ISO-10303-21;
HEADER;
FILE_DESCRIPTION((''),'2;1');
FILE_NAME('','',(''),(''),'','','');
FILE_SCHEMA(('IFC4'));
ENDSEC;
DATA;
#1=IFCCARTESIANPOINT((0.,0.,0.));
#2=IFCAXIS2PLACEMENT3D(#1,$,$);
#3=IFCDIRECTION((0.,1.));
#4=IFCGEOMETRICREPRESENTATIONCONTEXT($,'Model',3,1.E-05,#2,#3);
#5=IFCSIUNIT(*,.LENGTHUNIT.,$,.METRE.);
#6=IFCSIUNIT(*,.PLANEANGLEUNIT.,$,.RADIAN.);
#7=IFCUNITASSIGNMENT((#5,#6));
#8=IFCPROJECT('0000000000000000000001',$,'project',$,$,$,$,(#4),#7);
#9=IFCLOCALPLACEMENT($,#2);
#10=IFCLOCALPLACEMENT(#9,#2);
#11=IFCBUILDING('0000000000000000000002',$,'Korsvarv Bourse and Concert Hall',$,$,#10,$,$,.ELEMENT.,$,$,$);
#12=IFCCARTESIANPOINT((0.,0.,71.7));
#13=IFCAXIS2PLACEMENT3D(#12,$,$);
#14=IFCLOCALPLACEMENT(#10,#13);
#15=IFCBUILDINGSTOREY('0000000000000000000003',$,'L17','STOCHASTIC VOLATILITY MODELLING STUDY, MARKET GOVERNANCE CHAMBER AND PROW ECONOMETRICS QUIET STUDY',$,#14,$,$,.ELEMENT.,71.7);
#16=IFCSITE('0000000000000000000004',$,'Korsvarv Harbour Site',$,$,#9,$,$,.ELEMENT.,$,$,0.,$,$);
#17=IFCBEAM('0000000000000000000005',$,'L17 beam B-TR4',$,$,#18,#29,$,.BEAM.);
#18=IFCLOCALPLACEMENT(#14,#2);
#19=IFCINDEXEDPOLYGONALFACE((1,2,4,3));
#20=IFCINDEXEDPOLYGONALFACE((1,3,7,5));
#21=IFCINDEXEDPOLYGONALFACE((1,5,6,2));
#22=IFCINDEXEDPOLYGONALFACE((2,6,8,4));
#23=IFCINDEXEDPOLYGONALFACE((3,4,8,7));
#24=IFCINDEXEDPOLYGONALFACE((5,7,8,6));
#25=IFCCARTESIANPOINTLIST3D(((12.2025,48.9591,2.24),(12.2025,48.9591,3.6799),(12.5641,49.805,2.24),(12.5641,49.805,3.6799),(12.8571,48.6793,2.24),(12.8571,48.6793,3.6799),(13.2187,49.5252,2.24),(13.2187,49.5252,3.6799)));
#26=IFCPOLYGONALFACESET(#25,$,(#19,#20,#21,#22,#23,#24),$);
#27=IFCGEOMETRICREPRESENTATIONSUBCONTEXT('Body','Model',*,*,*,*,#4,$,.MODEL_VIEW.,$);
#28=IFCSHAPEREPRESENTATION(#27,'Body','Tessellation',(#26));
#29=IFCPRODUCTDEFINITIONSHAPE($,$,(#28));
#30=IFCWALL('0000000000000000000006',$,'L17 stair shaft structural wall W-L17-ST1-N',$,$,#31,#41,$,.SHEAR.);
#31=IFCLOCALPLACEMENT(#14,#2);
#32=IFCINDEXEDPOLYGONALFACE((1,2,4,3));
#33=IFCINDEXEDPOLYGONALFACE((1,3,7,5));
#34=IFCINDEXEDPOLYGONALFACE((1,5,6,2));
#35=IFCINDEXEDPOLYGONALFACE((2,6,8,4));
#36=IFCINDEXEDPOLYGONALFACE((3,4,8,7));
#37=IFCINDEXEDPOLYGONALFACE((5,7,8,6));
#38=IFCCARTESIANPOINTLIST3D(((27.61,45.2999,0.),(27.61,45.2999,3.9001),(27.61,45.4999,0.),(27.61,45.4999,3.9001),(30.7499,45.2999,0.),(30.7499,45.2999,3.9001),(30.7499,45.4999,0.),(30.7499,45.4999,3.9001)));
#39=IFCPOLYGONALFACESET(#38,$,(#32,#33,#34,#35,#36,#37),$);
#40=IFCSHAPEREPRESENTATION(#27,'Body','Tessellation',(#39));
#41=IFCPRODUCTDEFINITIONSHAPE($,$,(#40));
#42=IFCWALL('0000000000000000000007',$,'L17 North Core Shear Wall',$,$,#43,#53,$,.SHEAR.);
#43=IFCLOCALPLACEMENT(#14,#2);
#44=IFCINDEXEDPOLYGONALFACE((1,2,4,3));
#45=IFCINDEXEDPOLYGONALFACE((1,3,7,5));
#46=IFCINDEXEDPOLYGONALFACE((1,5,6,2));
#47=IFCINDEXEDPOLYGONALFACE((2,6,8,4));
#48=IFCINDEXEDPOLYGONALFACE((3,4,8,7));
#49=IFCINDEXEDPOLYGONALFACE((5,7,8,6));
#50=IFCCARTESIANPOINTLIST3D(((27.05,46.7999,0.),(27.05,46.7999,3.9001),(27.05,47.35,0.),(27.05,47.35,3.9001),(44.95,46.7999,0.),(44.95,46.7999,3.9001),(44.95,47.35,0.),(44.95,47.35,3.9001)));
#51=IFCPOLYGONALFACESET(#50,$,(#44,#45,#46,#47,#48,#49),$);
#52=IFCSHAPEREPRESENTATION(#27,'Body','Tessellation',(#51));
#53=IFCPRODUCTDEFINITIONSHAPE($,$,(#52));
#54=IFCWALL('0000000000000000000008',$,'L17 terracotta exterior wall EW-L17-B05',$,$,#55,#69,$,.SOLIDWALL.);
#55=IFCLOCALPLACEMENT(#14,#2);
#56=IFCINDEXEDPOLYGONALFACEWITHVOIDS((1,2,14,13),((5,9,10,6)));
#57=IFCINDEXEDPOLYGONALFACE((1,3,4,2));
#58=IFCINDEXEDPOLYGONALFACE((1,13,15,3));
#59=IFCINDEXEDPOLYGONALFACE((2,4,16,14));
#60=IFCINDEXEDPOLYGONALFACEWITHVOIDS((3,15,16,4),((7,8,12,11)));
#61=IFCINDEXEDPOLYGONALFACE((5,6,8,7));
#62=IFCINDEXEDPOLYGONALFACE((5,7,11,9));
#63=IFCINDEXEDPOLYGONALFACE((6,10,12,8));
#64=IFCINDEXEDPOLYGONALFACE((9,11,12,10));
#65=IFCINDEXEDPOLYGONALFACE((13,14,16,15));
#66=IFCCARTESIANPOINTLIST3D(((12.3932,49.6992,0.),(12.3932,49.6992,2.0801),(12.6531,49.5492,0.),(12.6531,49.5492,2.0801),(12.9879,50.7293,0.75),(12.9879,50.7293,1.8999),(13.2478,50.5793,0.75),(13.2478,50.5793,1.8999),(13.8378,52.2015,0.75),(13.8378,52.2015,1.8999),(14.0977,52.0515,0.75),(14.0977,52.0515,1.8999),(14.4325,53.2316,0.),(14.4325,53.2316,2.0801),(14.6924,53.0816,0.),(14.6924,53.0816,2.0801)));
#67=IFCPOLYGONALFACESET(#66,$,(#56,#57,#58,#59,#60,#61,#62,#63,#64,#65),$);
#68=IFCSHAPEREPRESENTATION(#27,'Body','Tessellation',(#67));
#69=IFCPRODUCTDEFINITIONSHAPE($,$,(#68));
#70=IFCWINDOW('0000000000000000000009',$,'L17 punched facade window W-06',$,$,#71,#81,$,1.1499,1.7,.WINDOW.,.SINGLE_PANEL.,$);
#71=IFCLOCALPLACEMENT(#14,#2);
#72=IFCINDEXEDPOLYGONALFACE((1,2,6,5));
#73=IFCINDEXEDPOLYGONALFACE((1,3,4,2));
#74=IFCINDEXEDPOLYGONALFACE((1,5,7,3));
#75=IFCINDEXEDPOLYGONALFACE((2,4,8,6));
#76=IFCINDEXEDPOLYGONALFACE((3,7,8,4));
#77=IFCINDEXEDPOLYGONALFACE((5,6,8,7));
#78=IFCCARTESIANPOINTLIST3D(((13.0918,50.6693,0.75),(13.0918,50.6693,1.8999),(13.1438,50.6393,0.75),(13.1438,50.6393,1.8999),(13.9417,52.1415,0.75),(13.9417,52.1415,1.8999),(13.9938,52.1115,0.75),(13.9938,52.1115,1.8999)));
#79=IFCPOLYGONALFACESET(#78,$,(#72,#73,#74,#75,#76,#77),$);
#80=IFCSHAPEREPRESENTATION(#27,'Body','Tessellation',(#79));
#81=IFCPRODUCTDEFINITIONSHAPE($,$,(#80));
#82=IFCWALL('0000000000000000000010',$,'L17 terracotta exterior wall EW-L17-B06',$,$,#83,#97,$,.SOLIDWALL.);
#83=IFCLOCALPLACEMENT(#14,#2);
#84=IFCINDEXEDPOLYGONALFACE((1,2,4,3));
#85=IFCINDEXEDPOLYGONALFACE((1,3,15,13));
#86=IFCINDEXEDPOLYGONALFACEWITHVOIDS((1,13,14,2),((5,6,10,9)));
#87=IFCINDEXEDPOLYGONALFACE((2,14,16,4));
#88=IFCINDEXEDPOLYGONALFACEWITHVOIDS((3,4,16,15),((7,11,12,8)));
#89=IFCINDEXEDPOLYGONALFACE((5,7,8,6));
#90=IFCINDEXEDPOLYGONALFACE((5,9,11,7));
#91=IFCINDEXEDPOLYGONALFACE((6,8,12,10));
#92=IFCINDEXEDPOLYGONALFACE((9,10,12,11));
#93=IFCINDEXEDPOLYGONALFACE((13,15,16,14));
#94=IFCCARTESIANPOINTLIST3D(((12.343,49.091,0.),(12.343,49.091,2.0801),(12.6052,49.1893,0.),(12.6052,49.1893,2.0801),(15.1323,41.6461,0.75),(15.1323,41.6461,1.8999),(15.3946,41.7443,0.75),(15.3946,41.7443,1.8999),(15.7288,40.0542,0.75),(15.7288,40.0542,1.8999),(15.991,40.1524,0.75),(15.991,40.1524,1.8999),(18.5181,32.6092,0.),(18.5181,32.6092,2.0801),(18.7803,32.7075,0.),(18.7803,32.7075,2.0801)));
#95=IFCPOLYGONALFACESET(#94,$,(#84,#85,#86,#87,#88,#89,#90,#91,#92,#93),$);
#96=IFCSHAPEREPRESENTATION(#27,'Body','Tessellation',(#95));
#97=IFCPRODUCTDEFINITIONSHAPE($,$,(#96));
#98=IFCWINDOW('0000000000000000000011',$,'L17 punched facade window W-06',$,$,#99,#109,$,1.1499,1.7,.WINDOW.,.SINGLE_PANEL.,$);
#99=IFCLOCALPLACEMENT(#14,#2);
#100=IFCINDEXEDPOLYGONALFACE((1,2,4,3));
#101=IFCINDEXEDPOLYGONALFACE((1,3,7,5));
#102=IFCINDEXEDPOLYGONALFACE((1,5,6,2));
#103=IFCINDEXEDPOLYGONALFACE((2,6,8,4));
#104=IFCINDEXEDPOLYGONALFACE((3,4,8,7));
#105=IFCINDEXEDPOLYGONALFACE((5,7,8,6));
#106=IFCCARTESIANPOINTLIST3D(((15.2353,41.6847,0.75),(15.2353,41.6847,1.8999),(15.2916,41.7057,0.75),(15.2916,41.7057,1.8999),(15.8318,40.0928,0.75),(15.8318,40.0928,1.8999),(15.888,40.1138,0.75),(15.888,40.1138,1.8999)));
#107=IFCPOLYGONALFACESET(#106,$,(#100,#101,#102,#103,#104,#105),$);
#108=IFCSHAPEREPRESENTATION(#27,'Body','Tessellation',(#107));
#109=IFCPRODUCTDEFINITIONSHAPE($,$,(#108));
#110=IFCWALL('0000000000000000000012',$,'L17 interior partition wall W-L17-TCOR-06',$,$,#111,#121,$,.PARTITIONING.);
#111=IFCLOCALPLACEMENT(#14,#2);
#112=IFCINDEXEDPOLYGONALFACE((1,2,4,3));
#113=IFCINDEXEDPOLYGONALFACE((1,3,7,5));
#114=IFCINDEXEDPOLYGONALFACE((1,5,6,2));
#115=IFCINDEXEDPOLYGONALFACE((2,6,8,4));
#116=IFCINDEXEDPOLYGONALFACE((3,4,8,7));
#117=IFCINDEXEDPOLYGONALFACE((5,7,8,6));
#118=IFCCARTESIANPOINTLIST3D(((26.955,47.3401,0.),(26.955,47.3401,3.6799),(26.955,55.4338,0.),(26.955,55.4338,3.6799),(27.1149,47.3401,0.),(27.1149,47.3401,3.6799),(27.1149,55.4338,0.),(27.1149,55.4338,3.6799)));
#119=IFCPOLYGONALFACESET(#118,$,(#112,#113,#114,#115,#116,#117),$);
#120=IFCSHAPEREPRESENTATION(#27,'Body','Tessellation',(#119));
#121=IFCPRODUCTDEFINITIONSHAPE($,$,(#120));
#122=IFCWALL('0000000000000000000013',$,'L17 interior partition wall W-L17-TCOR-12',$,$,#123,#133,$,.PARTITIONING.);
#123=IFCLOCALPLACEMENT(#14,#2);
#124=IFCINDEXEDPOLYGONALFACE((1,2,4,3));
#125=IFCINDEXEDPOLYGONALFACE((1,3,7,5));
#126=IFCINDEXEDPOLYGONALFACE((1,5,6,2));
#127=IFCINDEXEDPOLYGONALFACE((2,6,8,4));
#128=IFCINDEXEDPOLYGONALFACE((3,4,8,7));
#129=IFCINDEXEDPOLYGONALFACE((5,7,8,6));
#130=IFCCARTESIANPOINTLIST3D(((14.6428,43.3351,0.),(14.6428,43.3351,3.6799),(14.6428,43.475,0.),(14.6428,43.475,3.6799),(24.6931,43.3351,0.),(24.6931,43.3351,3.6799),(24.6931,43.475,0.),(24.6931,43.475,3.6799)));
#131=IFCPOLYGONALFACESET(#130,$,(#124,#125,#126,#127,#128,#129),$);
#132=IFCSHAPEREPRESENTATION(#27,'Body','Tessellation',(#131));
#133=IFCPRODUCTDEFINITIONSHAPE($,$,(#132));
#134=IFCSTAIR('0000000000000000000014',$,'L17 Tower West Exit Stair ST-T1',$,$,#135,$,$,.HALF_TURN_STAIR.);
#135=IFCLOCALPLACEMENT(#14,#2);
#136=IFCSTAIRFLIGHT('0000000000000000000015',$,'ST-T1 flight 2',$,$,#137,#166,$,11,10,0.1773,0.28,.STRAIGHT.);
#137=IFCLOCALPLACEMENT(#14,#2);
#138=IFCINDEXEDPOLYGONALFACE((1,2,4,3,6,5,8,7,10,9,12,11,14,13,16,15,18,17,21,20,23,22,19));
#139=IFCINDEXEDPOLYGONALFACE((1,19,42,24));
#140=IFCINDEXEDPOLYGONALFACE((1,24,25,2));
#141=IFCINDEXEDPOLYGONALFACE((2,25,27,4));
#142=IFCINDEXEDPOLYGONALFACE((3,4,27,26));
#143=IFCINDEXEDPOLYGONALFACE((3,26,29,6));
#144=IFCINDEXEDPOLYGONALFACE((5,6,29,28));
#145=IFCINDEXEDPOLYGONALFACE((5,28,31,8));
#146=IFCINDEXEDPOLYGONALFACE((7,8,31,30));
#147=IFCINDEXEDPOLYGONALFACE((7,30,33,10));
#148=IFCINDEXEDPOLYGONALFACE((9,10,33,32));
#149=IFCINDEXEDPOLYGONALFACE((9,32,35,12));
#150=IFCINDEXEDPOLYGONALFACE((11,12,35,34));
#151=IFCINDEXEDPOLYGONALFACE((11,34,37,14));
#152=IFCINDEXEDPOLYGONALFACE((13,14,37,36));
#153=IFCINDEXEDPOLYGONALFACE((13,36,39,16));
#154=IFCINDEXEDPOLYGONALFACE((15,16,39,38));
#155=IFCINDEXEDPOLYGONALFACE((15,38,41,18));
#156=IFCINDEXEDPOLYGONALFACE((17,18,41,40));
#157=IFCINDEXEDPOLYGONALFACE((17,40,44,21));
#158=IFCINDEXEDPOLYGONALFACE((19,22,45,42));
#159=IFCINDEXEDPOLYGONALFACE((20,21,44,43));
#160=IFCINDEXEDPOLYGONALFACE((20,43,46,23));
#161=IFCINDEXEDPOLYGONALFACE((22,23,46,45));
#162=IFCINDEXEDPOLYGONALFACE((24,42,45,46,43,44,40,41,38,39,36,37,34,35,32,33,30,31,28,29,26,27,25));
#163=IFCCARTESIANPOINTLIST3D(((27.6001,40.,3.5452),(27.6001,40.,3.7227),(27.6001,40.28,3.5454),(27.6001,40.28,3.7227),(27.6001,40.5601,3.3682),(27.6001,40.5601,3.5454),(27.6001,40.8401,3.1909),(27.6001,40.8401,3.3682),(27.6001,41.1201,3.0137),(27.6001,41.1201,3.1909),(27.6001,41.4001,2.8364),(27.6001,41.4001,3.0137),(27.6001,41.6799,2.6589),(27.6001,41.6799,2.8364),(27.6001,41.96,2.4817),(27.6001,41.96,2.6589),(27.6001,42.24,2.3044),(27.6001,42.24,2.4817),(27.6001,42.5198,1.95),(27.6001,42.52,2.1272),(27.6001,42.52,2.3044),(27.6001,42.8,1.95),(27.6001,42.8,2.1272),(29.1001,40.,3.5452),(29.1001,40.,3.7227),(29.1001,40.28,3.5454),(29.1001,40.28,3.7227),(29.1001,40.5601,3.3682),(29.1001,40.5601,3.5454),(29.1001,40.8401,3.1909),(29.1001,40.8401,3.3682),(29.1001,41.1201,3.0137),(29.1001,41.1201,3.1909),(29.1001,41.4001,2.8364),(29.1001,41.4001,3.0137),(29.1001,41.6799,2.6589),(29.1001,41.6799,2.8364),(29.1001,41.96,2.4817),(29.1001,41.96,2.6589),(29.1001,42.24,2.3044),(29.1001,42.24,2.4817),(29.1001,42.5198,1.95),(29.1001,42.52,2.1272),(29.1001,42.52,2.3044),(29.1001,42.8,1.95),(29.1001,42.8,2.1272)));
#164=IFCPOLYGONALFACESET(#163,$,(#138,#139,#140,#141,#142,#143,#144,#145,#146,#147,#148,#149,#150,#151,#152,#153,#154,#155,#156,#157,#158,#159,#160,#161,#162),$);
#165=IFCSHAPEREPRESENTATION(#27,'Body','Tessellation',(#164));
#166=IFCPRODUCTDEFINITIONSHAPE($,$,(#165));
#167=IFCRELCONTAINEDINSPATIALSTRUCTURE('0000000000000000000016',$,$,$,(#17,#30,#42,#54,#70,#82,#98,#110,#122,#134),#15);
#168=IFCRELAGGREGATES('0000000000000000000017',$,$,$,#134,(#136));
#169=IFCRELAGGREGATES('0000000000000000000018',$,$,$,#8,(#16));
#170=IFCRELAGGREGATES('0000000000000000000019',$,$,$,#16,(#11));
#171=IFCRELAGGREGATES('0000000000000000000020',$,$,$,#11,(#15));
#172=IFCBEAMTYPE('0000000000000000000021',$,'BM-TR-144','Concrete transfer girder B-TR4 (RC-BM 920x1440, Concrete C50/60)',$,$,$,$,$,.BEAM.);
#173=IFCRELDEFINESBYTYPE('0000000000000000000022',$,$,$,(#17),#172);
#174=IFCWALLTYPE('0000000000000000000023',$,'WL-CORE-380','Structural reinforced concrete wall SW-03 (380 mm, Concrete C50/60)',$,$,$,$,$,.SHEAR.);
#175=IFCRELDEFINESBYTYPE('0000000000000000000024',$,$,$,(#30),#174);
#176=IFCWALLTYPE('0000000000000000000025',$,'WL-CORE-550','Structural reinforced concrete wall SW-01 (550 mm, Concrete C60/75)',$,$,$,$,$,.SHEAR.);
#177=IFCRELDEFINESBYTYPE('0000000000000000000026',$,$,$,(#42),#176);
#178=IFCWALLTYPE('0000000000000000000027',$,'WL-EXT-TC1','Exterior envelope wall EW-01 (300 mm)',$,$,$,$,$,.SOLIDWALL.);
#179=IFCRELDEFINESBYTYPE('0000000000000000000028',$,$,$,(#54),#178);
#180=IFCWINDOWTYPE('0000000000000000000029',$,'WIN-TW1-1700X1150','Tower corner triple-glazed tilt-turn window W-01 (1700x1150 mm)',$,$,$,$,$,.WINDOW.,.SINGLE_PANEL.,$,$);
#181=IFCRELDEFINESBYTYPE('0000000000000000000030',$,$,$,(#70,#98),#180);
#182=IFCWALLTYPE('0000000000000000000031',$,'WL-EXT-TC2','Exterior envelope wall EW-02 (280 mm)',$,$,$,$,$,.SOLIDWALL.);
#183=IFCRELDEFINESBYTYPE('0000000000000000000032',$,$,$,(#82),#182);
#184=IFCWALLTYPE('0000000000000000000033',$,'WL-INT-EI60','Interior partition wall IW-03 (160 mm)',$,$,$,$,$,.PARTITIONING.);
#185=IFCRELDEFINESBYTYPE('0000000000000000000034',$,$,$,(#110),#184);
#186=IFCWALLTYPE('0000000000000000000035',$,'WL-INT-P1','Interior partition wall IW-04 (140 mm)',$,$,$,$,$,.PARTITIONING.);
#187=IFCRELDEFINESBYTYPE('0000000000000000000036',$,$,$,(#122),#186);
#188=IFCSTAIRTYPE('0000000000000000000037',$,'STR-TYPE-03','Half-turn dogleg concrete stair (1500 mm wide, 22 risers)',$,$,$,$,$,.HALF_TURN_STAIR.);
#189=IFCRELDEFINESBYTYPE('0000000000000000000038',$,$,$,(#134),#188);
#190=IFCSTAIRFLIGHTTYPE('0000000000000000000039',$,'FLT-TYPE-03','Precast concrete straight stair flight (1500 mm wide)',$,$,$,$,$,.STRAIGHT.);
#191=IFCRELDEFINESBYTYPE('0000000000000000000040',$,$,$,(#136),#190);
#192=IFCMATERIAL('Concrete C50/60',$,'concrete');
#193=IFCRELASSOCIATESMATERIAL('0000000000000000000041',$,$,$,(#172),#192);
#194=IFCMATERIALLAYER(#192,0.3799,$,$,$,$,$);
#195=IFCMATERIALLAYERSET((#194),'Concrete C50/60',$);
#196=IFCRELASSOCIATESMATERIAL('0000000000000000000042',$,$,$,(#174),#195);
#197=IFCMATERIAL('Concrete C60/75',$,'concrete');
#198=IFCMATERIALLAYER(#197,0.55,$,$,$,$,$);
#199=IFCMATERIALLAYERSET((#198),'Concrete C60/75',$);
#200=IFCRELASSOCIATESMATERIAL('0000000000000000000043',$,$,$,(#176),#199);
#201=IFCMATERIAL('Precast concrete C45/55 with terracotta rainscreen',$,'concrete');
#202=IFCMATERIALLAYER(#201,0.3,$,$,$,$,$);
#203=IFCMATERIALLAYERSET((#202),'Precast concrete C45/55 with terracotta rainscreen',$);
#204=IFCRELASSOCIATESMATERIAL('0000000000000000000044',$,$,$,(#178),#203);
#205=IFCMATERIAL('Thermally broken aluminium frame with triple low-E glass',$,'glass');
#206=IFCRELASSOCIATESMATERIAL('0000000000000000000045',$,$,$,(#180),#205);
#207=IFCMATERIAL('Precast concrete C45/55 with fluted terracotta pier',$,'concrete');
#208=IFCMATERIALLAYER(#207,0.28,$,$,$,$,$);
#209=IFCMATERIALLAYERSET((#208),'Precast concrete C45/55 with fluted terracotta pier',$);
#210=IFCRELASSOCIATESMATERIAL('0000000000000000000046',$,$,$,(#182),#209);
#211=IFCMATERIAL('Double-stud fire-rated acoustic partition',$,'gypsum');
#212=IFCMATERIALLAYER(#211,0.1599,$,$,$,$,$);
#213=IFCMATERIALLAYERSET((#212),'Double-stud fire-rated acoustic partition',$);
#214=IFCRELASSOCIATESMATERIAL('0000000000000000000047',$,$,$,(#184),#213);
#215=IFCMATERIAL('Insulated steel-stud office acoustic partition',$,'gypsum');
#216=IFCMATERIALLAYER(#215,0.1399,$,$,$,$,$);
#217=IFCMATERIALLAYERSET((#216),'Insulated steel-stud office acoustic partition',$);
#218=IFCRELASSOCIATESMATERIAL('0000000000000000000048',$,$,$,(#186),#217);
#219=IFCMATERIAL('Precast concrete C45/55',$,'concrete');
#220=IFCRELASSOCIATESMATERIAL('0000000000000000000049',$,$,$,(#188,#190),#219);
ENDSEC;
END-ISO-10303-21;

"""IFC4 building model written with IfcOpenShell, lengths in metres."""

from ifc_helpers import new_model, si_unit, direction, frame, frame_2d, origin, origin_2d, place, context, subcontext, project, spatial, polyline, rectangle, outline, extrude, source, transform, mapped, material, layer, layer_set, material_profile, profile_set, type_object, element, fill, aggregate, save


model = new_model("IFC4")

# Units and contexts
model_context = context("Model", 3, precision=1e-05, world=origin(), true_north=direction((0.0, 1.0)))
body_context = subcontext(model_context, "Body", "Model", "MODEL_VIEW")
ifc_project = project(units=[si_unit("LENGTHUNIT", "METRE"), si_unit("PLANEANGLEUNIT", "RADIAN")], contexts=[model_context])

# Site, building, storey
site_placement = place(None, origin())
site = spatial("IfcSite", under=ifc_project, at=site_placement, Name="Korsvarv Harbour Site", CompositionType="ELEMENT", RefElevation=0.0)
building_placement = place(site_placement, origin())
building = spatial("IfcBuilding", under=site, at=building_placement, Name="Korsvarv Bourse and Concert Hall", CompositionType="ELEMENT")
storey_placement = place(building_placement, frame((0.0, 0.0, 71.7)))
storey = spatial("IfcBuildingStorey", under=building, at=storey_placement, Name="L17", Description="STOCHASTIC VOLATILITY MODELLING STUDY, MARKET GOVERNANCE CHAMBER AND PROW ECONOMETRICS QUIET STUDY", CompositionType="ELEMENT", Elevation=71.7)

# Shared definitions
ifc_material_1 = material(Name="Concrete C60/75", Category="concrete")

# Beam
ifc_material_2 = material(Name="Concrete C50/60", Category="concrete")
ifc_material_profile_1 = material_profile(ifc_material_2, rectangle(XDim=0.9199, YDim=1.4399, at=origin_2d()), Name="RC-BM 920x1440")
ifc_profile_set_1 = profile_set([ifc_material_profile_1], Name="Concrete C50/60")
beam_type_1 = type_object("IfcBeamType", Name="BM-TR-144", Description="Concrete transfer girder B-TR4 (RC-BM 920x1440, Concrete C50/60)", PredefinedType="BEAM", material=ifc_profile_set_1)
shared_shape_1 = source(origin(), body_context, "Body", "SweptSolid", [
    extrude(rectangle(XDim=0.9199, YDim=1.4399, at=origin_2d()), origin(), (0.0, 0.0, 1.0), 0.7119),
])
beam_1_placement = place(storey_placement, frame((12.3833, 49.3821, 2.96), z_axis=(0.919517, -0.39305, 0.0), x_axis=(0.39305, 0.919517, 0.0)))
element("IfcBeam", 1, at=beam_1_placement, inside=storey, type_object=beam_type_1, Name="L17 beam B-TR4", PredefinedType="BEAM", context=body_context, shape_type="MappedRepresentation", body=[
    mapped(shared_shape_1, transform((0.0, 0.0, 0.0), scale=1.0)),
])

# Walls
ifc_layer_1 = layer(ifc_material_2, 0.3799)
ifc_layer_set_1 = layer_set([ifc_layer_1], Name="Concrete C50/60")
wall_type_1 = type_object("IfcWallType", Name="WL-CORE-380", Description="Structural reinforced concrete wall SW-03 (380 mm, Concrete C50/60)", PredefinedType="SHEAR", material=ifc_layer_set_1)
wall_1_placement = place(storey_placement, frame((27.6101, 45.3999, 0.0), z_axis=(0.0, 0.0, 1.0), x_axis=(1.0, 0.0, 0.0)))
element("IfcWall", 2, at=wall_1_placement, inside=storey, type_object=wall_type_1, Name="L17 stair shaft structural wall W-L17-ST1-N", PredefinedType="SHEAR", context=body_context, shape_type="SweptSolid", body=[
    extrude(rectangle(XDim=3.1399, YDim=0.2, at=frame_2d((1.5698, 0.0))), origin(), (0.0, 0.0, 1.0), 3.9001),
])
ifc_layer_2 = layer(ifc_material_1, 0.55)
ifc_layer_set_2 = layer_set([ifc_layer_2], Name="Concrete C60/75")
wall_type_2 = type_object("IfcWallType", Name="WL-CORE-550", Description="Structural reinforced concrete wall SW-01 (550 mm, Concrete C60/75)", PredefinedType="SHEAR", material=ifc_layer_set_2)
wall_2_placement = place(storey_placement, frame((27.05, 47.075, 0.0), z_axis=(0.0, 0.0, 1.0), x_axis=(1.0, 0.0, 0.0)))
element("IfcWall", 3, at=wall_2_placement, inside=storey, type_object=wall_type_2, Name="L17 North Core Shear Wall", PredefinedType="SHEAR", context=body_context, shape_type="SweptSolid", body=[
    extrude(rectangle(XDim=17.8999, YDim=0.55, at=frame_2d((8.95, 0.0))), origin(), (0.0, 0.0, 1.0), 3.9001),
])

# Walls, openings, windows
ifc_material_3 = material(Name="Precast concrete C45/55 with terracotta rainscreen", Category="concrete")
ifc_layer_3 = layer(ifc_material_3, 0.3)
ifc_layer_set_3 = layer_set([ifc_layer_3], Name="Precast concrete C45/55 with terracotta rainscreen")
wall_type_3 = type_object("IfcWallType", Name="WL-EXT-TC1", Description="Exterior envelope wall EW-01 (300 mm)", PredefinedType="SOLIDWALL", material=ifc_layer_set_3)
wall_3_placement = place(storey_placement, frame((14.5625, 53.1567, 0.0), z_axis=(0.0, 0.0, 1.0), x_axis=(-0.499969, -0.866043, 0.0)))
wall_3 = element("IfcWall", 4, at=wall_3_placement, inside=storey, type_object=wall_type_3, Name="L17 terracotta exterior wall EW-L17-B05", PredefinedType="SOLIDWALL", context=body_context, shape_type="SweptSolid", body=[
    extrude(rectangle(XDim=4.0789, YDim=0.3, at=frame_2d((2.0396, 0.0))), origin(), (0.0, 0.0, 1.0), 2.0801),
])
opening_1_placement = place(wall_3_placement, frame((1.1895, 0.0, 0.75)))
opening_1 = element("IfcOpeningElement", 5, at=opening_1_placement, cuts=wall_3, PredefinedType="OPENING", context=body_context, shape_type="SweptSolid", body=[
    extrude(rectangle(XDim=1.7, YDim=1.1499, at=frame_2d((0.8501, 0.575))), frame((0.0, 0.1602, 0.0), z_axis=(0.0, -1.0, 0.0), x_axis=(1.0, 0.0, 0.0)), (0.0, 0.0, 1.0), 0.3201),
])
ifc_material_4 = material(Name="Thermally broken aluminium frame with triple low-E glass", Category="glass")
window_type = type_object("IfcWindowType", Name="WIN-TW1-1700X1150", Description="Tower corner triple-glazed tilt-turn window W-01 (1700x1150 mm)", PartitioningType="SINGLE_PANEL", PredefinedType="WINDOW", material=ifc_material_4)
window_1_placement = place(opening_1_placement, origin())
window_1 = element("IfcWindow", 6, at=window_1_placement, inside=storey, type_object=window_type, Name="L17 punched facade window W-06", OverallHeight=1.1499, OverallWidth=1.7, PartitioningType="SINGLE_PANEL", PredefinedType="WINDOW", context=body_context, shape_type="SweptSolid", body=[
    extrude(rectangle(XDim=1.7, YDim=1.1499, at=frame_2d((0.8501, 0.575))), frame((0.0, 0.03, 0.0), z_axis=(0.0, -1.0, 0.0), x_axis=(1.0, 0.0, 0.0)), (0.0, 0.0, 1.0), 0.0601),
])
fill(opening_1, window_1)
ifc_material_5 = material(Name="Precast concrete C45/55 with fluted terracotta pier", Category="concrete")
ifc_layer_4 = layer(ifc_material_5, 0.28)
ifc_layer_set_4 = layer_set([ifc_layer_4], Name="Precast concrete C45/55 with fluted terracotta pier")
wall_type_4 = type_object("IfcWallType", Name="WL-EXT-TC2", Description="Exterior envelope wall EW-02 (280 mm)", PredefinedType="SOLIDWALL", material=ifc_layer_set_4)
wall_4_placement = place(storey_placement, frame((12.4741, 49.1401, 0.0), z_axis=(0.0, 0.0, 1.0), x_axis=(0.350845, -0.936433, 0.0)))
wall_4 = element("IfcWall", 7, at=wall_4_placement, inside=storey, type_object=wall_type_4, Name="L17 terracotta exterior wall EW-L17-B06", PredefinedType="SOLIDWALL", context=body_context, shape_type="SweptSolid", body=[
    extrude(rectangle(XDim=17.6006, YDim=0.28, at=frame_2d((8.8003, 0.0))), origin(), (0.0, 0.0, 1.0), 2.0801),
])
opening_2_placement = place(wall_4_placement, frame((7.9502, 0.0, 0.75)))
opening_2 = element("IfcOpeningElement", 8, at=opening_2_placement, cuts=wall_4, PredefinedType="OPENING", context=body_context, shape_type="SweptSolid", body=[
    extrude(rectangle(XDim=1.7, YDim=1.1499, at=frame_2d((0.8501, 0.575))), frame((0.0, 0.1499, 0.0), z_axis=(0.0, -1.0, 0.0), x_axis=(1.0, 0.0, 0.0)), (0.0, 0.0, 1.0), 0.3),
])
window_2_placement = place(opening_2_placement, origin())
window_2 = element("IfcWindow", 9, at=window_2_placement, inside=storey, type_object=window_type, Name="L17 punched facade window W-06", OverallHeight=1.1499, OverallWidth=1.7, PartitioningType="SINGLE_PANEL", PredefinedType="WINDOW", context=body_context, shape_type="SweptSolid", body=[
    extrude(rectangle(XDim=1.7, YDim=1.1499, at=frame_2d((0.8501, 0.575))), frame((0.0, 0.03, 0.0), z_axis=(0.0, -1.0, 0.0), x_axis=(1.0, 0.0, 0.0)), (0.0, 0.0, 1.0), 0.0601),
])
fill(opening_2, window_2)

# Walls
ifc_material_6 = material(Name="Double-stud fire-rated acoustic partition", Category="gypsum")
ifc_layer_5 = layer(ifc_material_6, 0.1599)
ifc_layer_set_5 = layer_set([ifc_layer_5], Name="Double-stud fire-rated acoustic partition")
wall_type_5 = type_object("IfcWallType", Name="WL-INT-EI60", Description="Interior partition wall IW-03 (160 mm)", PredefinedType="PARTITIONING", material=ifc_layer_set_5)
wall_5_placement = place(storey_placement, frame((27.0349, 47.3401, 0.0), z_axis=(0.0, 0.0, 1.0), x_axis=(0.0, 1.0, 0.0)))
element("IfcWall", 10, at=wall_5_placement, inside=storey, type_object=wall_type_5, Name="L17 interior partition wall W-L17-TCOR-06", PredefinedType="PARTITIONING", context=body_context, shape_type="SweptSolid", body=[
    extrude(rectangle(XDim=8.0938, YDim=0.1599, at=frame_2d((4.0469, 0.0))), origin(), (0.0, 0.0, 1.0), 3.6799),
])
ifc_material_7 = material(Name="Insulated steel-stud office acoustic partition", Category="gypsum")
ifc_layer_6 = layer(ifc_material_7, 0.1399)
ifc_layer_set_6 = layer_set([ifc_layer_6], Name="Insulated steel-stud office acoustic partition")
wall_type_6 = type_object("IfcWallType", Name="WL-INT-P1", Description="Interior partition wall IW-04 (140 mm)", PredefinedType="PARTITIONING", material=ifc_layer_set_6)
wall_6_placement = place(storey_placement, frame((14.6428, 43.405, 0.0), z_axis=(0.0, 0.0, 1.0), x_axis=(1.0, 0.0, 0.0)))
element("IfcWall", 11, at=wall_6_placement, inside=storey, type_object=wall_type_6, Name="L17 interior partition wall W-L17-TCOR-12", PredefinedType="PARTITIONING", context=body_context, shape_type="SweptSolid", body=[
    extrude(rectangle(XDim=10.0503, YDim=0.1399, at=frame_2d((5.0251, 0.0))), origin(), (0.0, 0.0, 1.0), 3.6799),
])

# Stair, stair flight
ifc_material_8 = material(Name="Precast concrete C45/55", Category="concrete")
stair_type = type_object("IfcStairType", Name="STR-TYPE-03", Description="Half-turn dogleg concrete stair (1500 mm wide, 22 risers)", PredefinedType="HALF_TURN_STAIR", material=ifc_material_8)
stair_placement = place(storey_placement, origin())
stair = element("IfcStair", 12, at=stair_placement, inside=storey, type_object=stair_type, Name="L17 Tower West Exit Stair ST-T1", PredefinedType="HALF_TURN_STAIR")
stair_flight_type = type_object("IfcStairFlightType", Name="FLT-TYPE-03", Description="Precast concrete straight stair flight (1500 mm wide)", PredefinedType="STRAIGHT", material=ifc_material_8)
stair_flight_placement = place(storey_placement, frame((28.3501, 42.8, 1.95), z_axis=(0.0, 0.0, 1.0), x_axis=(0.0, -1.0, 0.0)))
stair_flight = element("IfcStairFlight", 13, at=stair_flight_placement, type_object=stair_flight_type, Name="ST-T1 flight 2", NumberOfRisers=11, NumberOfTreads=10, PredefinedType="STRAIGHT", RiserHeight=0.1773, TreadLength=0.28, context=body_context, shape_type="SweptSolid", body=[
    extrude(outline(polyline([(0.0, 0.0), (0.0, 0.1772), (0.28, 0.1772), (0.28, 0.3545), (0.5601, 0.3545), (0.5601, 0.5317), (0.8401, 0.5317), (0.8401, 0.709), (1.1201, 0.709), (1.1201, 0.8865), (1.3999, 0.8865), (1.3999, 1.0637), (1.6799, 1.0637), (1.6799, 1.241), (1.96, 1.241), (1.96, 1.4182), (2.24, 1.4182), (2.24, 1.5955), (2.52, 1.5955), (2.52, 1.7727), (2.8, 1.7727), (2.8, 1.95), (2.8, 1.5952), (0.2803, 0.0), (0.0, 0.0)])), frame((0.0, 0.75, 0.0), z_axis=(0.0, -1.0, 0.0), x_axis=(1.0, 0.0, 0.0)), (0.0, 0.0, 1.0), 1.5),
])
aggregate(stair, [stair_flight])

save(model, "model.ifc")
